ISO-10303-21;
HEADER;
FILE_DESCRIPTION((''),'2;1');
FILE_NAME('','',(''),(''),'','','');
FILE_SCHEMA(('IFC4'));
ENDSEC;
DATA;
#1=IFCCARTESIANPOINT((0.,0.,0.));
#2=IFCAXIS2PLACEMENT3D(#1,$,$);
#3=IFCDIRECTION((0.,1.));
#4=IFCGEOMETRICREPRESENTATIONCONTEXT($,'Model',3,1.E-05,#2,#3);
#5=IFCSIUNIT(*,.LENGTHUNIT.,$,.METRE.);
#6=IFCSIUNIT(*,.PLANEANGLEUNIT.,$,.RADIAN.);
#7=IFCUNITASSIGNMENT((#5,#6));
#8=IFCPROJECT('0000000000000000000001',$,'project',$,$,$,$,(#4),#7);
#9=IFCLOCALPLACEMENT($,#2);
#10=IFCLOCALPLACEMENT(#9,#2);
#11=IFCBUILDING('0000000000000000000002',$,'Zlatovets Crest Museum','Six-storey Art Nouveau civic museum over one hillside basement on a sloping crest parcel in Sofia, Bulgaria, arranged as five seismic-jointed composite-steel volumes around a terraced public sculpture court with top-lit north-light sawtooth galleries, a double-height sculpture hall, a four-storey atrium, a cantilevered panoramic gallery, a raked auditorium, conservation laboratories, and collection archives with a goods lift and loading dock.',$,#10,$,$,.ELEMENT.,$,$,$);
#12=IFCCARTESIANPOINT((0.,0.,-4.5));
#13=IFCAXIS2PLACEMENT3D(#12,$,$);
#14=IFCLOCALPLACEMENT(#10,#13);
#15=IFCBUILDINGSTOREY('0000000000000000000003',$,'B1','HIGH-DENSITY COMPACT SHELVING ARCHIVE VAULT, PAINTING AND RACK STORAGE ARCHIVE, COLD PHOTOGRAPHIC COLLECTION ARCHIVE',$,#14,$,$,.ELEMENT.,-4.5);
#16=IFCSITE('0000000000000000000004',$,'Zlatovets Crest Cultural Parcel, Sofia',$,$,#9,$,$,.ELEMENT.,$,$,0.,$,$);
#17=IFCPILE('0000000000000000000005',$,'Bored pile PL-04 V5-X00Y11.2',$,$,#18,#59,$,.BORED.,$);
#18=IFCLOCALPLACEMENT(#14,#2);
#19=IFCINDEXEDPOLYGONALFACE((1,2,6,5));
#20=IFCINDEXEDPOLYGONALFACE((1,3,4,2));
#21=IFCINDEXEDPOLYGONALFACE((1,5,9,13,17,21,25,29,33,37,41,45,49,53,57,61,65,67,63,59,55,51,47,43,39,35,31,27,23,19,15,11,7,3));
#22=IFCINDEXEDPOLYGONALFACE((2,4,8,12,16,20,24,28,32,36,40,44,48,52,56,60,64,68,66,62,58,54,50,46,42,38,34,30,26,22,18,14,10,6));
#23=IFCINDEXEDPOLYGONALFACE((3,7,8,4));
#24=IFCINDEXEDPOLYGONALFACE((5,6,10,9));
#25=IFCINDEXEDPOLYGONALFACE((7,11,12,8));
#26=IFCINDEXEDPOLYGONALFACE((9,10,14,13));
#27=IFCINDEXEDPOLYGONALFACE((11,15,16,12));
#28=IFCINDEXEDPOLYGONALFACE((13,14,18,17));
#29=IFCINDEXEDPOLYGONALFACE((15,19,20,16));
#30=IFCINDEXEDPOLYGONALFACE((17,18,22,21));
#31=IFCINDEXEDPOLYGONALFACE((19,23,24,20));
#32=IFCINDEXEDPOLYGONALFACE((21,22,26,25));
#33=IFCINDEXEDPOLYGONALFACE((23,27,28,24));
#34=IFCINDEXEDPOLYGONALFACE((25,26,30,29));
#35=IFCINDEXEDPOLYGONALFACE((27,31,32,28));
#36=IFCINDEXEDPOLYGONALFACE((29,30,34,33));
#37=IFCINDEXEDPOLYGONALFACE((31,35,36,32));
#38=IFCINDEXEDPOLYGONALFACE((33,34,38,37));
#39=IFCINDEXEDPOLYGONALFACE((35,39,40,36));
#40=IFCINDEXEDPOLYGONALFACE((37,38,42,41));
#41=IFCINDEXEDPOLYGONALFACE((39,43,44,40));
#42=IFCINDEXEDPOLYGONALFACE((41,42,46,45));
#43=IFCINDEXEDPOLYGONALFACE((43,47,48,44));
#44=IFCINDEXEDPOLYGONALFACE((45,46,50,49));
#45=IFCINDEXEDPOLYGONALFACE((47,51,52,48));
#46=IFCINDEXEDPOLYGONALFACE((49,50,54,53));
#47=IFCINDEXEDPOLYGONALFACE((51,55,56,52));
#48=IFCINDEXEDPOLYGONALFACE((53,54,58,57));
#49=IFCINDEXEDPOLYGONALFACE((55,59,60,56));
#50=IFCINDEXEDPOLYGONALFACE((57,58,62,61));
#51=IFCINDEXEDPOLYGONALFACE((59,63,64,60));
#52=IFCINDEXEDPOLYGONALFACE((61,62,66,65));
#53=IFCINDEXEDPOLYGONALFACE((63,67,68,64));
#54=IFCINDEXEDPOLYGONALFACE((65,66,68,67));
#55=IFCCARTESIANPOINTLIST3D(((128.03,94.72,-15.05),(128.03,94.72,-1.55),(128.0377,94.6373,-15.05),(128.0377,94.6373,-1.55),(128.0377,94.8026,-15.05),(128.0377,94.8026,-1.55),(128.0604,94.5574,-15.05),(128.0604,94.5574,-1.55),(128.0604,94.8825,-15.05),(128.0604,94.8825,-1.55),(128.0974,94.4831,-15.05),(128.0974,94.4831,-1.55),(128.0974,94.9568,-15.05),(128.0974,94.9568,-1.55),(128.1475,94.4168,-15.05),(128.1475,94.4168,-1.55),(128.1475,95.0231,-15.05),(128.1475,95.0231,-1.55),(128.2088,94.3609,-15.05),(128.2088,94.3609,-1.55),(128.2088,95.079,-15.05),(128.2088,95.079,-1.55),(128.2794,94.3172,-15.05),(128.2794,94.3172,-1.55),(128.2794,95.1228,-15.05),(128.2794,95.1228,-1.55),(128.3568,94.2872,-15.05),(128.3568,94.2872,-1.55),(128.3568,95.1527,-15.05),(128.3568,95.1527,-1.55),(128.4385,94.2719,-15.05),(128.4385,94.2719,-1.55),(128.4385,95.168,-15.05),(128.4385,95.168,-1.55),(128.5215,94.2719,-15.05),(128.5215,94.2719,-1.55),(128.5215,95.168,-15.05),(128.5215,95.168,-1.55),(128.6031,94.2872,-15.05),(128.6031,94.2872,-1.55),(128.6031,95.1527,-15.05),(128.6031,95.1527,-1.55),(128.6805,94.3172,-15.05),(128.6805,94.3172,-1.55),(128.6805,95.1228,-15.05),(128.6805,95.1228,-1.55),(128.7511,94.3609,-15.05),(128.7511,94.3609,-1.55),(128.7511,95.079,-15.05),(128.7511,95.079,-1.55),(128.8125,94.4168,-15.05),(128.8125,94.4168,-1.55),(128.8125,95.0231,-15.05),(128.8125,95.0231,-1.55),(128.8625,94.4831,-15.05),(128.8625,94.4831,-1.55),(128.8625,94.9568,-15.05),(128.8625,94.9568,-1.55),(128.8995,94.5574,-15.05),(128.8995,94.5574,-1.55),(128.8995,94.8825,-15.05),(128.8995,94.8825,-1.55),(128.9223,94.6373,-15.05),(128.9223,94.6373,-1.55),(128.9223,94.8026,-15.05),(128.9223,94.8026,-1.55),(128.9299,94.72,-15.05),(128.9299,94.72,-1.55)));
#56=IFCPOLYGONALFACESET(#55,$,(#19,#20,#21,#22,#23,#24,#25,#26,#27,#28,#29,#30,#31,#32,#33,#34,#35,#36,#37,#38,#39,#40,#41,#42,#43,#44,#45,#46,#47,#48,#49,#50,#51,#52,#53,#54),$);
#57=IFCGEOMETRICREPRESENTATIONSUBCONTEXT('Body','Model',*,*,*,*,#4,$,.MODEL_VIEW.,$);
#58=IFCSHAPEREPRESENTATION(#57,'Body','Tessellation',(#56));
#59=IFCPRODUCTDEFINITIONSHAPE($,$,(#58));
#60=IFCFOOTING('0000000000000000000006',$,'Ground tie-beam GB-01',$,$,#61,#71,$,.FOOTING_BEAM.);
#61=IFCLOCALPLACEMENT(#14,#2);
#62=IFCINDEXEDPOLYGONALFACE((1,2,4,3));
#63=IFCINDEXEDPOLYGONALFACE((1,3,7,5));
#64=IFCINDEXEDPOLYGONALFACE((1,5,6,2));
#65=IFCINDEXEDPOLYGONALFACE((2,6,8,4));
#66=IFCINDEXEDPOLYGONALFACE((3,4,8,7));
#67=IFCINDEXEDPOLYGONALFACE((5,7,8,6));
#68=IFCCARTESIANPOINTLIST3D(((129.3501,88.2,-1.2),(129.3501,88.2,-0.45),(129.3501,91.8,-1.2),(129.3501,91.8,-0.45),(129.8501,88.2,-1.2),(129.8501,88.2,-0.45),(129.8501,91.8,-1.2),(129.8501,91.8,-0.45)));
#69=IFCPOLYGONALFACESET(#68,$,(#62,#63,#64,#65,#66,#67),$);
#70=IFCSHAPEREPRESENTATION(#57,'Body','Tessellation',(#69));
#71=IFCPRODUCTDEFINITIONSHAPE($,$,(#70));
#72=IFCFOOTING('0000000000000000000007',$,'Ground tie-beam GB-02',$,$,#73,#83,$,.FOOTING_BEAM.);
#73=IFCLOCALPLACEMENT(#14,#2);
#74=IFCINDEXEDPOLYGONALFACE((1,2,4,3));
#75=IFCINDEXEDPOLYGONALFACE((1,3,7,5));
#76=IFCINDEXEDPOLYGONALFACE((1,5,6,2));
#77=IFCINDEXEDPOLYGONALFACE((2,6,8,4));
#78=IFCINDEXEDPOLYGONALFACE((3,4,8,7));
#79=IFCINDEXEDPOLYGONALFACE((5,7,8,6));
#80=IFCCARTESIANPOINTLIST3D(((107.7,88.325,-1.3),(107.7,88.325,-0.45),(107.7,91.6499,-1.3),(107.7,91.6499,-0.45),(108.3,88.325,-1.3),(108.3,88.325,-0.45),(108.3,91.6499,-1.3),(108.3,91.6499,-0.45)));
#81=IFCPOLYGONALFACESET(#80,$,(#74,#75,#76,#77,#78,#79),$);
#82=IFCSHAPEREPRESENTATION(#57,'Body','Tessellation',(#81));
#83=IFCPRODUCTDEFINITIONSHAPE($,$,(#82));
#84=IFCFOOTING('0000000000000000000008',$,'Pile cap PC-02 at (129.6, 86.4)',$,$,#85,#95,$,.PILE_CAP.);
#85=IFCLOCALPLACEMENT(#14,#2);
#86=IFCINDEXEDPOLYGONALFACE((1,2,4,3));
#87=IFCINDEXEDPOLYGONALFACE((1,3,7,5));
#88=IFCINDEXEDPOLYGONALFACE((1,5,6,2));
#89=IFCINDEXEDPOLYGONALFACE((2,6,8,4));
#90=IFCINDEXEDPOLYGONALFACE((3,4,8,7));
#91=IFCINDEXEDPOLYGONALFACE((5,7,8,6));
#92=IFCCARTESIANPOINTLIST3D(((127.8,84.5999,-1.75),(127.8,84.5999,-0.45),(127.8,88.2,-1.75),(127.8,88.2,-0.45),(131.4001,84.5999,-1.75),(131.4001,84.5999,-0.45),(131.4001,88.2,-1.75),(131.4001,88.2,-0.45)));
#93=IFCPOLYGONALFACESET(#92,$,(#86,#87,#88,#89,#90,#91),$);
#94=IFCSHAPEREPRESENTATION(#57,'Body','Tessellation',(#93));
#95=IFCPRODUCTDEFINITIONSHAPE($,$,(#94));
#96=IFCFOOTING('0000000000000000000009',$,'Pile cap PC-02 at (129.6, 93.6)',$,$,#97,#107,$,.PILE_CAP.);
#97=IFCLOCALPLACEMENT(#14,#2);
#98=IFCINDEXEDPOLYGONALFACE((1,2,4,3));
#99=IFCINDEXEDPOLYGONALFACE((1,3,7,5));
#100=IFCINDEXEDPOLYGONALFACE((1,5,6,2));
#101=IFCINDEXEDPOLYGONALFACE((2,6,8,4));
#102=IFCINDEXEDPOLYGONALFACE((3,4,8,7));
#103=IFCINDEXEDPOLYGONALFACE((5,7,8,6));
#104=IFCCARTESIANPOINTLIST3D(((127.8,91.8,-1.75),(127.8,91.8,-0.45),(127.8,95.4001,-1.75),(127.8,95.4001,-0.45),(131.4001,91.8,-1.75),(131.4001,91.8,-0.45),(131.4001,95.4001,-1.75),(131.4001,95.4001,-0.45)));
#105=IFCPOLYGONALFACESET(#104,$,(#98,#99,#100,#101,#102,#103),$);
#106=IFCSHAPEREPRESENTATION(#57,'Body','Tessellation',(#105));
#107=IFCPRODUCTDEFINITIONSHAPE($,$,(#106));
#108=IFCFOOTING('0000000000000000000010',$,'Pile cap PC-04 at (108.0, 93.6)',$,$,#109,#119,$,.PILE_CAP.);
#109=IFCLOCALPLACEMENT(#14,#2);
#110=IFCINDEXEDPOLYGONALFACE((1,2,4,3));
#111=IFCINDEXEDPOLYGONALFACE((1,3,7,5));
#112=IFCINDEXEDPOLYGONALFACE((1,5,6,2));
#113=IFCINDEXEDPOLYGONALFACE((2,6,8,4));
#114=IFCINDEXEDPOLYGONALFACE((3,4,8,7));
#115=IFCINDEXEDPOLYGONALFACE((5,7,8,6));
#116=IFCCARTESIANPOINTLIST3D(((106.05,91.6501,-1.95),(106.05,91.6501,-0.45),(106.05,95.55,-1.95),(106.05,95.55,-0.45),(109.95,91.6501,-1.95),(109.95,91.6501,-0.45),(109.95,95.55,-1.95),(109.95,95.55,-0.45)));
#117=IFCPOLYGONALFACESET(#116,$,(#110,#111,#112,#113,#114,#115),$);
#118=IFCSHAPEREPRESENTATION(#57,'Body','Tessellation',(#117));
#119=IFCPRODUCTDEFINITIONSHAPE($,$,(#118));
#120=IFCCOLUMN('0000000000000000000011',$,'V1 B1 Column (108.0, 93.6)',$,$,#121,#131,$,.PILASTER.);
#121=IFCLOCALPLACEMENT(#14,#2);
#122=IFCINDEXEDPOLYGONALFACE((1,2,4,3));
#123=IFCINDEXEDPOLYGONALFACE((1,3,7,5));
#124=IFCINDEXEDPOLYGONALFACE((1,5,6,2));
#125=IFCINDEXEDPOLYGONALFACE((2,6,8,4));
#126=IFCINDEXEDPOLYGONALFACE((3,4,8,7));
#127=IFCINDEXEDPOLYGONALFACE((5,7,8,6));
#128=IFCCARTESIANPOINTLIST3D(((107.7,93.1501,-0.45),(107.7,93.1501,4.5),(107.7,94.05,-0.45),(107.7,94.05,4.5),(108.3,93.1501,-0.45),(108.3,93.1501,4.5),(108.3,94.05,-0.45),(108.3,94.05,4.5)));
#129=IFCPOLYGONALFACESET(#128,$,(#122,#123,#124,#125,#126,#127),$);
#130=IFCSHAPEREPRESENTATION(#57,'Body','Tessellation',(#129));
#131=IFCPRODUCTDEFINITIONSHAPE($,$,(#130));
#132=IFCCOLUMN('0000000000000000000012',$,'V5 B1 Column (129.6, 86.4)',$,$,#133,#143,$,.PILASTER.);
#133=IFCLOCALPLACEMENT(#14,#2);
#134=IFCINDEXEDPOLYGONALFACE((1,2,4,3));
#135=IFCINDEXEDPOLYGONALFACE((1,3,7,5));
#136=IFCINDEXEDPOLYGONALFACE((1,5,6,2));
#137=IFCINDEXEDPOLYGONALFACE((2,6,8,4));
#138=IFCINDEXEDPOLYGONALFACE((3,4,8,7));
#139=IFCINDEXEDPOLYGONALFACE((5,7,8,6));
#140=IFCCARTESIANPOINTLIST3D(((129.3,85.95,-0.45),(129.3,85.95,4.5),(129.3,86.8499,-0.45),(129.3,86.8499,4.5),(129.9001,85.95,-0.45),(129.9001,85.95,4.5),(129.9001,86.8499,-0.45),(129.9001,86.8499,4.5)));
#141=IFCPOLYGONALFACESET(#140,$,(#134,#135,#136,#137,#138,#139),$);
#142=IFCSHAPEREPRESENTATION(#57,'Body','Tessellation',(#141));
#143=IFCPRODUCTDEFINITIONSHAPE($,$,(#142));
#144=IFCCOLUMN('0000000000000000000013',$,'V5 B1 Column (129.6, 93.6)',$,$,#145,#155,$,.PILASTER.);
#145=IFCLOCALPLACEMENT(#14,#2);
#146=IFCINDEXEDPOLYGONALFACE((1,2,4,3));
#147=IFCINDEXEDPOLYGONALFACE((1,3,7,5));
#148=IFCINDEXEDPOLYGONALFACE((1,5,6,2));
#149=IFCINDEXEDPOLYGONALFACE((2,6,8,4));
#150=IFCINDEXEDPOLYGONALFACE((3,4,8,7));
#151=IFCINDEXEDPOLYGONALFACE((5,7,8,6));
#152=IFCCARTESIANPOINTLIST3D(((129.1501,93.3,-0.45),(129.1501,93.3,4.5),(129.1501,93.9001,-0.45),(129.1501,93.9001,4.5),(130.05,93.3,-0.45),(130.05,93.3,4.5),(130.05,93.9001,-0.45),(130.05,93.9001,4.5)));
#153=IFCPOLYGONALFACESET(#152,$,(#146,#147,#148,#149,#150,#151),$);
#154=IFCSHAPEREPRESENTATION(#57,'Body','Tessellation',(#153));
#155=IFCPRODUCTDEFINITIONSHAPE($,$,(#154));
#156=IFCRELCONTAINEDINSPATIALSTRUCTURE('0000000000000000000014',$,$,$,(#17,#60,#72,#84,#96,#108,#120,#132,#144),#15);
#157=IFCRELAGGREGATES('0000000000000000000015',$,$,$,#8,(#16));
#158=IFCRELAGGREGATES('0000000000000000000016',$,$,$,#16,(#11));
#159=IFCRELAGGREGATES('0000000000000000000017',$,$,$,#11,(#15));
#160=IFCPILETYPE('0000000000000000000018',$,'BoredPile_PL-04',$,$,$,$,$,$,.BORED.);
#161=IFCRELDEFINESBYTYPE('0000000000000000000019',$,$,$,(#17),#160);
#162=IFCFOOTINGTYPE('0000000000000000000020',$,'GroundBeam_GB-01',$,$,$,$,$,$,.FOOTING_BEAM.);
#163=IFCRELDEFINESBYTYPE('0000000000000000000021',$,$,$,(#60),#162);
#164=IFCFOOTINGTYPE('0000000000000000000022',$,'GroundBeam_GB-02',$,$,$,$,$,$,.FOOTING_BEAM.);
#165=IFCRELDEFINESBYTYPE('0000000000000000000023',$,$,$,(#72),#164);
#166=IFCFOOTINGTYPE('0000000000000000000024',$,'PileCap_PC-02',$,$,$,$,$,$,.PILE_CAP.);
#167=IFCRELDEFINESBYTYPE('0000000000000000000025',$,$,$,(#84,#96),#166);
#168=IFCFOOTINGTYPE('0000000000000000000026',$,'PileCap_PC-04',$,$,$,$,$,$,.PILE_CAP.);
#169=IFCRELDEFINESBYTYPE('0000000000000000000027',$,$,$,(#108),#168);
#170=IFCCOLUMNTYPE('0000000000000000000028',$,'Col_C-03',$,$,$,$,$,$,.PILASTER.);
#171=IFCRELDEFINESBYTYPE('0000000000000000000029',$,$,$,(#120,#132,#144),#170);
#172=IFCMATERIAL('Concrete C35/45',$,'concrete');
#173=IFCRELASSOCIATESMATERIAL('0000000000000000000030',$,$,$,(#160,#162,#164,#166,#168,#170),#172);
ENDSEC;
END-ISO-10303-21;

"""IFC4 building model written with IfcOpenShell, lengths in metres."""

from ifc_helpers import new_model, si_unit, direction, frame, origin, origin_2d, place, context, subcontext, project, spatial, rectangle, circle, extrude, material, material_profile, profile_set, type_object, element, save


model = new_model("IFC4")

# Units and contexts
model_context = context("Model", 3, precision=1e-05, world=origin(), true_north=direction((0.0, 1.0)))
body_context = subcontext(model_context, "Body", "Model", "MODEL_VIEW")
ifc_project = project(units=[si_unit("LENGTHUNIT", "METRE"), si_unit("PLANEANGLEUNIT", "RADIAN")], contexts=[model_context])

# Site, building, storey
site_placement = place(None, origin())
site = spatial("IfcSite", under=ifc_project, at=site_placement, Name="Zlatovets Crest Cultural Parcel, Sofia", CompositionType="ELEMENT", RefElevation=0.0)
building_placement = place(site_placement, origin())
building = spatial("IfcBuilding", under=site, at=building_placement, Name="Zlatovets Crest Museum", Description="Six-storey Art Nouveau civic museum over one hillside basement on a sloping crest parcel in Sofia, Bulgaria, arranged as five seismic-jointed composite-steel volumes around a terraced public sculpture court with top-lit north-light sawtooth galleries, a double-height sculpture hall, a four-storey atrium, a cantilevered panoramic gallery, a raked auditorium, conservation laboratories, and collection archives with a goods lift and loading dock.", CompositionType="ELEMENT")
storey_placement = place(building_placement, frame((0.0, 0.0, -4.5)))
storey = spatial("IfcBuildingStorey", under=building, at=storey_placement, Name="B1", Description="HIGH-DENSITY COMPACT SHELVING ARCHIVE VAULT, PAINTING AND RACK STORAGE ARCHIVE, COLD PHOTOGRAPHIC COLLECTION ARCHIVE", CompositionType="ELEMENT", Elevation=-4.5)

# Pile
ifc_material_1 = material(Name="Concrete C35/45", Category="concrete")
ifc_material_profile_1 = material_profile(ifc_material_1, circle(Radius=0.45, at=origin_2d()), Name="PILE D900")
ifc_profile_set_1 = profile_set([ifc_material_profile_1], Name="Concrete C35/45")
pile_type_1 = type_object("IfcPileType", Name="BoredPile_PL-04", PredefinedType="BORED", material=ifc_profile_set_1)
for number, where, z_axis, x_axis, name in (
    (1, (128.48, 94.72, -1.55), (0.0, 0.0, -1.0), (1.0, 0.0, 0.0), "Bored pile PL-04 V5-X00Y11.2"),
):
    element("IfcPile", number, at=place(storey_placement, frame(where, z_axis=z_axis, x_axis=x_axis)), inside=storey, type_object=pile_type_1, Name=name, PredefinedType="BORED", context=body_context, shape_type="SweptSolid", body=[
        extrude(circle(Radius=0.45, at=origin_2d()), origin(), (0.0, 0.0, 1.0), 13.5),
    ])

# Footings
ifc_material_profile_2 = material_profile(ifc_material_1, rectangle(XDim=0.5, YDim=0.75, at=origin_2d()), Name="RC 500x750")
ifc_profile_set_2 = profile_set([ifc_material_profile_2], Name="Concrete C35/45")
footing_type_1 = type_object("IfcFootingType", Name="GroundBeam_GB-01", PredefinedType="FOOTING_BEAM", material=ifc_profile_set_2)
footing_1_placement = place(storey_placement, frame((129.6001, 88.2, -0.825), z_axis=(0.0, 1.0, 0.0), x_axis=(-1.0, 0.0, 0.0)))
element("IfcFooting", 2, at=footing_1_placement, inside=storey, type_object=footing_type_1, Name="Ground tie-beam GB-01", PredefinedType="FOOTING_BEAM", context=body_context, shape_type="SweptSolid", body=[
    extrude(rectangle(XDim=0.5, YDim=0.75, at=origin_2d()), origin(), (0.0, 0.0, 1.0), 3.6001),
])
ifc_material_profile_3 = material_profile(ifc_material_1, rectangle(XDim=0.6001, YDim=0.8501, at=origin_2d()), Name="RC 600x850")
ifc_profile_set_3 = profile_set([ifc_material_profile_3], Name="Concrete C35/45")
footing_type_2 = type_object("IfcFootingType", Name="GroundBeam_GB-02", PredefinedType="FOOTING_BEAM", material=ifc_profile_set_3)
footing_2_placement = place(storey_placement, frame((108.0, 88.325, -0.875), z_axis=(0.0, 1.0, 0.0), x_axis=(-1.0, 0.0, 0.0)))
element("IfcFooting", 3, at=footing_2_placement, inside=storey, type_object=footing_type_2, Name="Ground tie-beam GB-02", PredefinedType="FOOTING_BEAM", context=body_context, shape_type="SweptSolid", body=[
    extrude(rectangle(XDim=0.6001, YDim=0.8501, at=origin_2d()), origin(), (0.0, 0.0, 1.0), 3.325),
])
footing_type_3 = type_object("IfcFootingType", Name="PileCap_PC-02", PredefinedType="PILE_CAP", material=ifc_material_1)
for number, where, z_axis, x_axis, name in (
    (4, (129.6001, 86.3999, -1.75), (0.0, 0.0, 1.0), (1.0, 0.0, 0.0), "Pile cap PC-02 at (129.6, 86.4)"),
    (5, (129.6001, 93.6001, -1.75), (0.0, 0.0, 1.0), (1.0, 0.0, 0.0), "Pile cap PC-02 at (129.6, 93.6)"),
):
    element("IfcFooting", number, at=place(storey_placement, frame(where, z_axis=z_axis, x_axis=x_axis)), inside=storey, type_object=footing_type_3, Name=name, PredefinedType="PILE_CAP", context=body_context, shape_type="SweptSolid", body=[
        extrude(rectangle(XDim=3.6001, YDim=3.6001, at=origin_2d()), origin(), (0.0, 0.0, 1.0), 1.3),
    ])
footing_type_4 = type_object("IfcFootingType", Name="PileCap_PC-04", PredefinedType="PILE_CAP", material=ifc_material_1)
footing_3_placement = place(storey_placement, frame((108.0, 93.6001, -1.95), z_axis=(0.0, 0.0, 1.0), x_axis=(1.0, 0.0, 0.0)))
element("IfcFooting", 6, at=footing_3_placement, inside=storey, type_object=footing_type_4, Name="Pile cap PC-04 at (108.0, 93.6)", PredefinedType="PILE_CAP", context=body_context, shape_type="SweptSolid", body=[
    extrude(rectangle(XDim=3.8999, YDim=3.8999, at=origin_2d()), origin(), (0.0, 0.0, 1.0), 1.5),
])

# Columns
ifc_material_profile_4 = material_profile(ifc_material_1, rectangle(XDim=0.6001, YDim=0.8999, at=origin_2d()), Name="RC 600x900")
ifc_profile_set_4 = profile_set([ifc_material_profile_4], Name="Concrete C35/45")
column_type = type_object("IfcColumnType", Name="Col_C-03", PredefinedType="PILASTER", material=ifc_profile_set_4)
for number, where, z_axis, x_axis, name in (
    (7, (108.0, 93.6001, -0.45), (0.0, 0.0, 1.0), (1.0, 0.0, 0.0), "V1 B1 Column (108.0, 93.6)"),
    (8, (129.6001, 86.3999, -0.45), (0.0, 0.0, 1.0), (1.0, 0.0, 0.0), "V5 B1 Column (129.6, 86.4)"),
    (9, (129.6001, 93.6001, -0.45), (0.0, 0.0, 1.0), (0.0, 1.0, 0.0), "V5 B1 Column (129.6, 93.6)"),
):
    element("IfcColumn", number, at=place(storey_placement, frame(where, z_axis=z_axis, x_axis=x_axis)), inside=storey, type_object=column_type, Name=name, PredefinedType="PILASTER", context=body_context, shape_type="SweptSolid", body=[
        extrude(rectangle(XDim=0.6001, YDim=0.8999, at=origin_2d()), origin(), (0.0, 0.0, 1.0), 4.95),
    ])

save(model, "model.ifc")
